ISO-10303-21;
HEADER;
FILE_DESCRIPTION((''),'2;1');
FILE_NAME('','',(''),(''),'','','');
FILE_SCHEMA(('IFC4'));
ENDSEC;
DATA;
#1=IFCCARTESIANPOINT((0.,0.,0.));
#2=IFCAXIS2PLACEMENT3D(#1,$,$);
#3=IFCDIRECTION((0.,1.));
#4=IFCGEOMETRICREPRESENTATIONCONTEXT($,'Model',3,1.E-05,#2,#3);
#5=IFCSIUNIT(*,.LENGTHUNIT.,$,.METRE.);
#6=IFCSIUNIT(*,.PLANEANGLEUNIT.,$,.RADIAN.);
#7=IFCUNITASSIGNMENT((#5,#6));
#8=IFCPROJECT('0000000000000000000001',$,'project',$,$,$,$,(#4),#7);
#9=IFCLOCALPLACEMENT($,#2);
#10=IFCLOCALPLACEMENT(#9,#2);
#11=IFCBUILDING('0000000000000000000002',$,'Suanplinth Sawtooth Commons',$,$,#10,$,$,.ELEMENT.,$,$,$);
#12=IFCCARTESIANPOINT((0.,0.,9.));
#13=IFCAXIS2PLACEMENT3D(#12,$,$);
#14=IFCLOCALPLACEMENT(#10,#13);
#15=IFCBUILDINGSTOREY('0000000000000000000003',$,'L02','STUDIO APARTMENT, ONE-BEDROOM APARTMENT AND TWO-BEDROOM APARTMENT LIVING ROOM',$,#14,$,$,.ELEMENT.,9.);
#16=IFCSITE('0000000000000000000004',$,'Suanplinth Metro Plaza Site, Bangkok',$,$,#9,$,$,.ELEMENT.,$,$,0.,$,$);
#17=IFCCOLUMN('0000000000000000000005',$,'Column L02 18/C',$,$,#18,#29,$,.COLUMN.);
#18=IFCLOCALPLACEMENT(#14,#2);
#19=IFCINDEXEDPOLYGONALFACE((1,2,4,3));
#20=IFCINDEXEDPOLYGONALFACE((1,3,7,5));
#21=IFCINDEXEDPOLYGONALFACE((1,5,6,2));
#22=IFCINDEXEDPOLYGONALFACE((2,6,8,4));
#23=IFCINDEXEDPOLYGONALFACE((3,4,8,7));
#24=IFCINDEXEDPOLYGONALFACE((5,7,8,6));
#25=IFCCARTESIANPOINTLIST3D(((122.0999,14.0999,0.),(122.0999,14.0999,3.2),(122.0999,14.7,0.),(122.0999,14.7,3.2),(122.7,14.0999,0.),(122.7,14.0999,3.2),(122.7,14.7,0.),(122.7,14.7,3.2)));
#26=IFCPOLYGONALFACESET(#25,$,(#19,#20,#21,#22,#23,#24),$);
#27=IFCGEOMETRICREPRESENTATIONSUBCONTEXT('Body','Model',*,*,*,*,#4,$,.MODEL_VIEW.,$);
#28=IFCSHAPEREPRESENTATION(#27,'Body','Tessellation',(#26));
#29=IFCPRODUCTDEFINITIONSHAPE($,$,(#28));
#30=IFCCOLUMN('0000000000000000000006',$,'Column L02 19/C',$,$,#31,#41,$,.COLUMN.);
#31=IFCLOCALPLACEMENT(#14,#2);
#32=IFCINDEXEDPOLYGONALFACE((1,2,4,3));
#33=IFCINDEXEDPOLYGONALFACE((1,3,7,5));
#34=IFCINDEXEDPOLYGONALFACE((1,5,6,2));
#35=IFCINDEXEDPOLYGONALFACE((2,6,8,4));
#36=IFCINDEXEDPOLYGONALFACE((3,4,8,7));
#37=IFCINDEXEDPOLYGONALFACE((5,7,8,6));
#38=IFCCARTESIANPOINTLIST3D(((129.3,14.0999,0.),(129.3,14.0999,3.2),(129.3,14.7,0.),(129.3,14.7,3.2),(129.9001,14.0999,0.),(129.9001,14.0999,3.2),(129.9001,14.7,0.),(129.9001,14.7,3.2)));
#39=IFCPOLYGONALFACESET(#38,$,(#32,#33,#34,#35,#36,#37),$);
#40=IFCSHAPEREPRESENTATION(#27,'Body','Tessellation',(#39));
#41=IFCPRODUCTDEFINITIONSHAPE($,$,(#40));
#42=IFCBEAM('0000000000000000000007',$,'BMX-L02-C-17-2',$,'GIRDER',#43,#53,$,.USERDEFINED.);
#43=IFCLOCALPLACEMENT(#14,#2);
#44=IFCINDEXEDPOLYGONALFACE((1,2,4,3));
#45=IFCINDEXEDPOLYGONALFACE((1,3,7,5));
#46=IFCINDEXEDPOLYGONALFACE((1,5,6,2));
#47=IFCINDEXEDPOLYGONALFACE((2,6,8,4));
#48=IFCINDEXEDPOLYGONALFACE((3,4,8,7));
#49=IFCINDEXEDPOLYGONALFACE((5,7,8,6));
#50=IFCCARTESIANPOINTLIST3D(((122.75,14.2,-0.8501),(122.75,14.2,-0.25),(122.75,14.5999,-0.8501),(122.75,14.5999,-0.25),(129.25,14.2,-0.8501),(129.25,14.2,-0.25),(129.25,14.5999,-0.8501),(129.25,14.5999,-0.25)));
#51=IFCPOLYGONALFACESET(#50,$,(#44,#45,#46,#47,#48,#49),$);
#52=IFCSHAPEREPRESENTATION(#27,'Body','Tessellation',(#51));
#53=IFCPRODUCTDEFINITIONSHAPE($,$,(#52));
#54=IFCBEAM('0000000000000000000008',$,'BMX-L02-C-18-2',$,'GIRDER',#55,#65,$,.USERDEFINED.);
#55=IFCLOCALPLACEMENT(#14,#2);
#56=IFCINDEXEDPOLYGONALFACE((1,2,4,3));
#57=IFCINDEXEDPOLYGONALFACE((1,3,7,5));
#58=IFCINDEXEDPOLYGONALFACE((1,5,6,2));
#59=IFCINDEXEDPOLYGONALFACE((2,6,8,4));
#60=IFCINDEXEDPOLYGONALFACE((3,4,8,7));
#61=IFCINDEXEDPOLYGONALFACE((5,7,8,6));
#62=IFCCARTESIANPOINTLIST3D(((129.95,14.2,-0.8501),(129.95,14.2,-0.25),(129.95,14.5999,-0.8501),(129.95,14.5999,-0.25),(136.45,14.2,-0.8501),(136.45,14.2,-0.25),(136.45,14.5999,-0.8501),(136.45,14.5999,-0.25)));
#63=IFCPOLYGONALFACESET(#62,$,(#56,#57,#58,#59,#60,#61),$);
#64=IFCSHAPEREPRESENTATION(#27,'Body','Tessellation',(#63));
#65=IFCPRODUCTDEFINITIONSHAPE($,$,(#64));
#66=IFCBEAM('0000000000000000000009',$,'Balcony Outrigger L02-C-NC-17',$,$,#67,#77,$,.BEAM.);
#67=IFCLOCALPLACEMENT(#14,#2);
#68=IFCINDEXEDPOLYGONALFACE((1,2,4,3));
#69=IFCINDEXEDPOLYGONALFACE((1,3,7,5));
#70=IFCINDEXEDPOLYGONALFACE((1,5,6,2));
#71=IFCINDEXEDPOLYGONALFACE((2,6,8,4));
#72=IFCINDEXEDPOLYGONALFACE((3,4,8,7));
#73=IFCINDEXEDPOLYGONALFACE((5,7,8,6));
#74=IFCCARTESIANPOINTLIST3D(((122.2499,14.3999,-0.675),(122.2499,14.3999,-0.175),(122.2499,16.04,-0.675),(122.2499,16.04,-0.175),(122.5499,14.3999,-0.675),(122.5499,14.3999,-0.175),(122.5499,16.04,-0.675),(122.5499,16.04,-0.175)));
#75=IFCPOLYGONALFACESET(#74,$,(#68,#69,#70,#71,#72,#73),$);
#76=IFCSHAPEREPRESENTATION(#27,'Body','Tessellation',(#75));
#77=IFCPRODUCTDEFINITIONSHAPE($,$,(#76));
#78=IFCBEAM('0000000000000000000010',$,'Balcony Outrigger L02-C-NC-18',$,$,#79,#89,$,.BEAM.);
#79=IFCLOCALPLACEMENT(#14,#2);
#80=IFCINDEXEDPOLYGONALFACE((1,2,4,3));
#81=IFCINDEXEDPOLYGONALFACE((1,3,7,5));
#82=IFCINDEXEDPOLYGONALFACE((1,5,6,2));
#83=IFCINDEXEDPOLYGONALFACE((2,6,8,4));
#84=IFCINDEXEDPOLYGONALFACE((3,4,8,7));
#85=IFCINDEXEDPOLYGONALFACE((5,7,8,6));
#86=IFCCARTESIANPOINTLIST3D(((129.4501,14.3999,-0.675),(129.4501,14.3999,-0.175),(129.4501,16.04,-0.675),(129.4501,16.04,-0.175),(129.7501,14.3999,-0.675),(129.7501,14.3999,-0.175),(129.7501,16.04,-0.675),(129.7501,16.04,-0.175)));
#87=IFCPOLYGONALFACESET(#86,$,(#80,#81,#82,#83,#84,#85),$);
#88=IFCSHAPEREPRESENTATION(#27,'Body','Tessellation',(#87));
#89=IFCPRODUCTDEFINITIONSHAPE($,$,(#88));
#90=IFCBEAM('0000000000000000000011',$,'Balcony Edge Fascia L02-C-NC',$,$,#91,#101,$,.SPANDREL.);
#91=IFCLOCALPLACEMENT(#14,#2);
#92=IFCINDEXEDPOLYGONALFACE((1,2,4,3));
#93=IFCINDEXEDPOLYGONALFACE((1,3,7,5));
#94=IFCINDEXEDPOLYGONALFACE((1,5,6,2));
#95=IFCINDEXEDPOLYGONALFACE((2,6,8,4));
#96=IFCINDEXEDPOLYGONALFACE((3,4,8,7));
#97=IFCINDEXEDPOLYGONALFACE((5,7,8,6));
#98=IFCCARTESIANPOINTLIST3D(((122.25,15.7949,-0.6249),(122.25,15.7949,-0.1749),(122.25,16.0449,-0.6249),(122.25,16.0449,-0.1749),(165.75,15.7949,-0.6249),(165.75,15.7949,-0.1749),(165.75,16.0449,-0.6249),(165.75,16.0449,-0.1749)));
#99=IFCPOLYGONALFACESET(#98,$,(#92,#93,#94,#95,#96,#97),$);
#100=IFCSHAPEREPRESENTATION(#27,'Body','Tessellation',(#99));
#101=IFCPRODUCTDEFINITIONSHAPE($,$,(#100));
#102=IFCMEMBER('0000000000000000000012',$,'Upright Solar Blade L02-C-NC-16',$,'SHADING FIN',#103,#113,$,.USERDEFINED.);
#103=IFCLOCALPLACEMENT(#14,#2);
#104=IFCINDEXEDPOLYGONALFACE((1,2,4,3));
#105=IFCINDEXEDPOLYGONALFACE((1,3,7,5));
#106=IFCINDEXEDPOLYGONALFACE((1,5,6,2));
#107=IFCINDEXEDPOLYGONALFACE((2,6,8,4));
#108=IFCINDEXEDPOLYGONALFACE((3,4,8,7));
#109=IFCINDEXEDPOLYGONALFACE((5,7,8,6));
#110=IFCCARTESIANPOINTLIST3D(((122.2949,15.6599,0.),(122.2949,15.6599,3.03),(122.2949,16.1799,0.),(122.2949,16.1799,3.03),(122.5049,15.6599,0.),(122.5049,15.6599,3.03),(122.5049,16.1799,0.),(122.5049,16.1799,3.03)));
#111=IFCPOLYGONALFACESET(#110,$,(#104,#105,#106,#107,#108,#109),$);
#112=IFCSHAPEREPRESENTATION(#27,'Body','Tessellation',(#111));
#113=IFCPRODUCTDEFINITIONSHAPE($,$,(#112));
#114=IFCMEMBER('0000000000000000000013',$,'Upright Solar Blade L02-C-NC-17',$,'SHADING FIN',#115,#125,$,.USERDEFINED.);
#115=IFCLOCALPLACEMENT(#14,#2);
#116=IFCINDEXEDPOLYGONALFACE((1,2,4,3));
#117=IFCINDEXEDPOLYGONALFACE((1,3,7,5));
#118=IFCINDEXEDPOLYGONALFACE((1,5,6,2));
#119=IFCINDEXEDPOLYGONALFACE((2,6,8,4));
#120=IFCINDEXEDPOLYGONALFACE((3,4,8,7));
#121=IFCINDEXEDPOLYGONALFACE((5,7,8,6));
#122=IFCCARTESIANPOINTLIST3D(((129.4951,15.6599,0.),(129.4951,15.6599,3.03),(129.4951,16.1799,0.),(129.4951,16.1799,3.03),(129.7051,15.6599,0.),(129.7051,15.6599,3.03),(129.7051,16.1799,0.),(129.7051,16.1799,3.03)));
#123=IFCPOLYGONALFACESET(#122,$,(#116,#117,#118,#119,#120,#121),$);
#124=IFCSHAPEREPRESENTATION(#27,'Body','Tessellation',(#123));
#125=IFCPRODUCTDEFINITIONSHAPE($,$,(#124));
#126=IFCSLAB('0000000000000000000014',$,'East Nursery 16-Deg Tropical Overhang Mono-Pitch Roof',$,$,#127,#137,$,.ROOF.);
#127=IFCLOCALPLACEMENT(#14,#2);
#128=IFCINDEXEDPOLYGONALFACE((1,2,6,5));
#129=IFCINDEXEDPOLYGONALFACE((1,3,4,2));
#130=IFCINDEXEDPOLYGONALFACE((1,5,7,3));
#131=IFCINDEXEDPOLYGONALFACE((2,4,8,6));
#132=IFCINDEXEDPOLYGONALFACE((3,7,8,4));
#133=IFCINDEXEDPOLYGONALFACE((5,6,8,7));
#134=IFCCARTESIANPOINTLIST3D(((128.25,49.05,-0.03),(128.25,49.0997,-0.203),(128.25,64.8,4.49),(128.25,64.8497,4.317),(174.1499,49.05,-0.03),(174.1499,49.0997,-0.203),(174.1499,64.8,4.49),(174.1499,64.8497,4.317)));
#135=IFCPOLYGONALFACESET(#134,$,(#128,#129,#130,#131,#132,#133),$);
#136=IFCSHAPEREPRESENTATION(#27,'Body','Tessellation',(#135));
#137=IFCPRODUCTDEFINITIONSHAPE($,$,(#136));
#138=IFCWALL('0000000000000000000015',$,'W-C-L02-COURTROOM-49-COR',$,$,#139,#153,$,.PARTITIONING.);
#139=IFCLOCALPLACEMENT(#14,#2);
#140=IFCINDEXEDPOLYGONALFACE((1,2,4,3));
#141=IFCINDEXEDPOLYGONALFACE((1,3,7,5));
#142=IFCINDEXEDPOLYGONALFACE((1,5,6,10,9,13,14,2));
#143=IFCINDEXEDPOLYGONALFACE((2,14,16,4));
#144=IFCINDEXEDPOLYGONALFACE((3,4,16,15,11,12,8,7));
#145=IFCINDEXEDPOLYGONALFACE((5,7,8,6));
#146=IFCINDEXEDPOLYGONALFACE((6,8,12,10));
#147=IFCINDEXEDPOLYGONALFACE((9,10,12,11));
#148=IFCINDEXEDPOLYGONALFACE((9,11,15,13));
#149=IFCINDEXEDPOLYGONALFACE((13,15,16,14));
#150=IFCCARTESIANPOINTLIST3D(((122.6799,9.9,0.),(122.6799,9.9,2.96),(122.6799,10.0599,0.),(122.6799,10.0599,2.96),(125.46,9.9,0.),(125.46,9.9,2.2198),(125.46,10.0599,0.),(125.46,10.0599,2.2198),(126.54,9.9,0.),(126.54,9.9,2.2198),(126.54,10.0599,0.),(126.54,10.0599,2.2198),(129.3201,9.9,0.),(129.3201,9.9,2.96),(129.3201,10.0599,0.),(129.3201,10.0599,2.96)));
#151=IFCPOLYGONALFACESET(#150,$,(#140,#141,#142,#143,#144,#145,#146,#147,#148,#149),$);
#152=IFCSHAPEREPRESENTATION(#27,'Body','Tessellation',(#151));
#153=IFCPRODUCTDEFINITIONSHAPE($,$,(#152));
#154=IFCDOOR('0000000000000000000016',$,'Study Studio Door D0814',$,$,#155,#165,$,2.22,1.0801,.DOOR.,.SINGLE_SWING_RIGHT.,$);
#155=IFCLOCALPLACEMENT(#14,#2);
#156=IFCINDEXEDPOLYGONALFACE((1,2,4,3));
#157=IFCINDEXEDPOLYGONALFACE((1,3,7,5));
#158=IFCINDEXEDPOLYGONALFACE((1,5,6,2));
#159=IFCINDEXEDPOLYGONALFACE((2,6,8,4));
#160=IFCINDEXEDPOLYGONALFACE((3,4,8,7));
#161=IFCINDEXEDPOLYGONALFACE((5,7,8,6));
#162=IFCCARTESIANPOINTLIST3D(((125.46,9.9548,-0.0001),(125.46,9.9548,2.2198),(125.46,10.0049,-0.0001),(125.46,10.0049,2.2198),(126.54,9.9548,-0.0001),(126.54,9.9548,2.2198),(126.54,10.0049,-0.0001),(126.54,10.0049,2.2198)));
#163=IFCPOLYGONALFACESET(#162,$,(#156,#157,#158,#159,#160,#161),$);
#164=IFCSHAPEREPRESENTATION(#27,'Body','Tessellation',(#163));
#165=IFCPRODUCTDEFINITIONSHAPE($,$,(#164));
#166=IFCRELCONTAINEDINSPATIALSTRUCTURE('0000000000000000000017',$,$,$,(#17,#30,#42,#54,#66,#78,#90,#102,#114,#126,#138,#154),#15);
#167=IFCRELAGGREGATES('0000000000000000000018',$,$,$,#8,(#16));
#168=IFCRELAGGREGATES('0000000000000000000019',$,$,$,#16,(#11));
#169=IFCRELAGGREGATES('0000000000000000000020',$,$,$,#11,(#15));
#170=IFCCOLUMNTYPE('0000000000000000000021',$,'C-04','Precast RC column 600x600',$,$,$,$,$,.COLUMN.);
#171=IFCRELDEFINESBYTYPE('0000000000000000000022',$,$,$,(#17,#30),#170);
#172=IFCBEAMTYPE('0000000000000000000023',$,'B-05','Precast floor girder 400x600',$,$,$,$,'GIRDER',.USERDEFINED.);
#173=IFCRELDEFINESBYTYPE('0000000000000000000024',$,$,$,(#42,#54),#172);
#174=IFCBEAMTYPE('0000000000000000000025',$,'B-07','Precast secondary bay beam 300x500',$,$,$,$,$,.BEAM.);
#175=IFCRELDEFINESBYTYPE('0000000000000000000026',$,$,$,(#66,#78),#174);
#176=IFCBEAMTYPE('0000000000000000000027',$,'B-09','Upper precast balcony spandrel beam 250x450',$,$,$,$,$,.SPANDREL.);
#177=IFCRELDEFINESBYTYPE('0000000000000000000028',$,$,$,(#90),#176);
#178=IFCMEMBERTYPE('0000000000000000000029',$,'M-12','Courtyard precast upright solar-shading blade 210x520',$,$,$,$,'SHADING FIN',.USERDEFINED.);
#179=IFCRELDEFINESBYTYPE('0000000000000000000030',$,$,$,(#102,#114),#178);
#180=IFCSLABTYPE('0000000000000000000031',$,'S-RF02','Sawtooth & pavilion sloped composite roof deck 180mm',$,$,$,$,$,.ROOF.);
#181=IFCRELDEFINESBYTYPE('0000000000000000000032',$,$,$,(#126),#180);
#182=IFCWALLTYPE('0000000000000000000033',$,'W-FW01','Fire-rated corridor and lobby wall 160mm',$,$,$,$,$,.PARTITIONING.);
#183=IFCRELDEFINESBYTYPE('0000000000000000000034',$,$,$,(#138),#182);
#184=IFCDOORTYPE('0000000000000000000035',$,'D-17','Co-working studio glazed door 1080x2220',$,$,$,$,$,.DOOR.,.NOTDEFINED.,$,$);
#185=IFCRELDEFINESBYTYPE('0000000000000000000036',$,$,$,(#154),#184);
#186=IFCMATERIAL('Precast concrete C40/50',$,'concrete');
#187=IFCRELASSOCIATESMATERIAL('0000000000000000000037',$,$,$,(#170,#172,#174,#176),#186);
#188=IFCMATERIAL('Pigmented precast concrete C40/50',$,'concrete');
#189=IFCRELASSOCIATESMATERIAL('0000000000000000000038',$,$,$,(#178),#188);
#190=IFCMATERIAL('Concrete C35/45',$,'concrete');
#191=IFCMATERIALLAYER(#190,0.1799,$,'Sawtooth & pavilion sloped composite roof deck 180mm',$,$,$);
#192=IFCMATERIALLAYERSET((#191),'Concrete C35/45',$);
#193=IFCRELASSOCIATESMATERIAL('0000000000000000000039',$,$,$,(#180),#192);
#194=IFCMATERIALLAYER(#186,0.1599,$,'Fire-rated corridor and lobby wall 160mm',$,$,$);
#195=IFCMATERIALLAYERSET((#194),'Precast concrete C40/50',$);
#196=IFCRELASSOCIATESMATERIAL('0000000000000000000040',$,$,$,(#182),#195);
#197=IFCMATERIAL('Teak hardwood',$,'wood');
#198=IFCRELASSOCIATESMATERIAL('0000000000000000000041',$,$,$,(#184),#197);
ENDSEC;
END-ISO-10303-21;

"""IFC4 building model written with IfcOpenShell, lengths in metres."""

from ifc_helpers import new_model, si_unit, direction, frame, frame_2d, origin, origin_2d, place, context, subcontext, project, spatial, polyline, rectangle, outline, extrude, material, layer, layer_set, material_profile, profile_set, type_object, element, fill, save


model = new_model("IFC4")

# Units and contexts
model_context = context("Model", 3, precision=1e-05, world=origin(), true_north=direction((0.0, 1.0)))
body_context = subcontext(model_context, "Body", "Model", "MODEL_VIEW")
ifc_project = project(units=[si_unit("LENGTHUNIT", "METRE"), si_unit("PLANEANGLEUNIT", "RADIAN")], contexts=[model_context])

# Site, building, storey
site_placement = place(None, origin())
site = spatial("IfcSite", under=ifc_project, at=site_placement, Name="Suanplinth Metro Plaza Site, Bangkok", CompositionType="ELEMENT", RefElevation=0.0)
building_placement = place(site_placement, origin())
building = spatial("IfcBuilding", under=site, at=building_placement, Name="Suanplinth Sawtooth Commons", CompositionType="ELEMENT")
storey_placement = place(building_placement, frame((0.0, 0.0, 9.0)))
storey = spatial("IfcBuildingStorey", under=building, at=storey_placement, Name="L02", Description="STUDIO APARTMENT, ONE-BEDROOM APARTMENT AND TWO-BEDROOM APARTMENT LIVING ROOM", CompositionType="ELEMENT", Elevation=9.0)

# Columns
ifc_material_1 = material(Name="Precast concrete C40/50", Category="concrete")
ifc_material_profile_1 = material_profile(ifc_material_1, rectangle(XDim=0.6001, YDim=0.6001, at=origin_2d()), Name="PC-COL 600x600")
ifc_profile_set_1 = profile_set([ifc_material_profile_1], Name="Precast concrete C40/50")
column_type = type_object("IfcColumnType", Name="C-04", Description="Precast RC column 600x600", PredefinedType="COLUMN", material=ifc_profile_set_1)
for number, where, z_axis, x_axis, name in (
    (1, (122.3999, 14.3999, 0.0), (0.0, 0.0, 1.0), (1.0, 0.0, 0.0), "Column L02 18/C"),
    (2, (129.6001, 14.3999, 0.0), (0.0, 0.0, 1.0), (1.0, 0.0, 0.0), "Column L02 19/C"),
):
    element("IfcColumn", number, at=place(storey_placement, frame(where, z_axis=z_axis, x_axis=x_axis)), inside=storey, type_object=column_type, Name=name, PredefinedType="COLUMN", context=body_context, shape_type="SweptSolid", body=[
        extrude(rectangle(XDim=0.6001, YDim=0.6001, at=origin_2d()), origin(), (0.0, 0.0, 1.0), 3.2),
    ])

# Beams
ifc_material_profile_2 = material_profile(ifc_material_1, rectangle(XDim=0.3999, YDim=0.6001, at=origin_2d()), Name="PC-GDR 400x600")
ifc_profile_set_2 = profile_set([ifc_material_profile_2], Name="Precast concrete C40/50")
beam_type_1 = type_object("IfcBeamType", Name="B-05", Description="Precast floor girder 400x600", ElementType="GIRDER", PredefinedType="USERDEFINED", material=ifc_profile_set_2)
for number, where, z_axis, x_axis, name in (
    (3, (122.75, 14.3999, -0.55), (1.0, 0.0, 0.0), (0.0, 1.0, 0.0), "BMX-L02-C-17-2"),
    (4, (129.95, 14.3999, -0.55), (1.0, 0.0, 0.0), (0.0, 1.0, 0.0), "BMX-L02-C-18-2"),
):
    element("IfcBeam", number, at=place(storey_placement, frame(where, z_axis=z_axis, x_axis=x_axis)), inside=storey, type_object=beam_type_1, Name=name, ObjectType="GIRDER", PredefinedType="USERDEFINED", context=body_context, shape_type="SweptSolid", body=[
        extrude(rectangle(XDim=0.3999, YDim=0.6001, at=origin_2d()), origin(), (0.0, 0.0, 1.0), 6.5),
    ])
ifc_material_profile_3 = material_profile(ifc_material_1, rectangle(XDim=0.3, YDim=0.5, at=origin_2d()), Name="PC-BM 300x500")
ifc_profile_set_3 = profile_set([ifc_material_profile_3], Name="Precast concrete C40/50")
beam_type_2 = type_object("IfcBeamType", Name="B-07", Description="Precast secondary bay beam 300x500", PredefinedType="BEAM", material=ifc_profile_set_3)
for number, where, z_axis, x_axis, name in (
    (5, (122.3999, 14.3999, -0.425), (0.0, 1.0, 0.0), (-1.0, 0.0, 0.0), "Balcony Outrigger L02-C-NC-17"),
    (6, (129.6001, 14.3999, -0.425), (0.0, 1.0, 0.0), (-1.0, 0.0, 0.0), "Balcony Outrigger L02-C-NC-18"),
):
    element("IfcBeam", number, at=place(storey_placement, frame(where, z_axis=z_axis, x_axis=x_axis)), inside=storey, type_object=beam_type_2, Name=name, PredefinedType="BEAM", context=body_context, shape_type="SweptSolid", body=[
        extrude(rectangle(XDim=0.3, YDim=0.5, at=origin_2d()), origin(), (0.0, 0.0, 1.0), 1.6401),
    ])
ifc_material_profile_4 = material_profile(ifc_material_1, rectangle(XDim=0.25, YDim=0.45, at=origin_2d()), Name="PC-SP 250x450")
ifc_profile_set_4 = profile_set([ifc_material_profile_4], Name="Precast concrete C40/50")
beam_type_3 = type_object("IfcBeamType", Name="B-09", Description="Upper precast balcony spandrel beam 250x450", PredefinedType="SPANDREL", material=ifc_profile_set_4)
beam_placement = place(storey_placement, frame((122.25, 15.9199, -0.3999), z_axis=(1.0, 0.0, 0.0), x_axis=(0.0, 1.0, 0.0)))
element("IfcBeam", 7, at=beam_placement, inside=storey, type_object=beam_type_3, Name="Balcony Edge Fascia L02-C-NC", PredefinedType="SPANDREL", context=body_context, shape_type="SweptSolid", body=[
    extrude(rectangle(XDim=0.25, YDim=0.45, at=origin_2d()), origin(), (0.0, 0.0, 1.0), 43.5),
])

# Members
ifc_material_2 = material(Name="Pigmented precast concrete C40/50", Category="concrete")
ifc_material_profile_5 = material_profile(ifc_material_2, rectangle(XDim=0.21, YDim=0.52, at=origin_2d()), Name="PC-FIN 210x520")
ifc_profile_set_5 = profile_set([ifc_material_profile_5], Name="Pigmented precast concrete C40/50")
member_type = type_object("IfcMemberType", Name="M-12", Description="Courtyard precast upright solar-shading blade 210x520", ElementType="SHADING FIN", PredefinedType="USERDEFINED", material=ifc_profile_set_5)
for number, where, z_axis, x_axis, name in (
    (8, (122.3999, 15.9199, 0.0), (0.0, 0.0, 1.0), (1.0, 0.0, 0.0), "Upright Solar Blade L02-C-NC-16"),
    (9, (129.6001, 15.9199, 0.0), (0.0, 0.0, 1.0), (1.0, 0.0, 0.0), "Upright Solar Blade L02-C-NC-17"),
):
    element("IfcMember", number, at=place(storey_placement, frame(where, z_axis=z_axis, x_axis=x_axis)), inside=storey, type_object=member_type, Name=name, ObjectType="SHADING FIN", PredefinedType="USERDEFINED", context=body_context, shape_type="SweptSolid", body=[
        extrude(rectangle(XDim=0.21, YDim=0.52, at=origin_2d()), origin(), (0.0, 0.0, 1.0), 3.03),
    ])

# Slab
ifc_material_3 = material(Name="Concrete C35/45", Category="concrete")
ifc_layer_1 = layer(ifc_material_3, 0.1799, Name="Sawtooth & pavilion sloped composite roof deck 180mm")
ifc_layer_set_1 = layer_set([ifc_layer_1], Name="Concrete C35/45")
slab_type = type_object("IfcSlabType", Name="S-RF02", Description="Sawtooth & pavilion sloped composite roof deck 180mm", PredefinedType="ROOF", material=ifc_layer_set_1)
slab_placement = place(storey_placement, frame((128.25, 49.05, -0.03), z_axis=(0.0, -0.27585, 0.961201), x_axis=(1.0, 0.0, 0.0)))
element("IfcSlab", 10, at=slab_placement, inside=storey, type_object=slab_type, Name="East Nursery 16-Deg Tropical Overhang Mono-Pitch Roof", PredefinedType="ROOF", context=body_context, shape_type="SweptSolid", body=[
    extrude(outline(polyline([(0.0, 0.0), (45.8999, 0.0), (45.8999, 16.3858), (0.0, 16.3858), (0.0, 0.0)])), origin(), (0.0, 0.0, -1.0), 0.1799),
])

# Wall, opening, door
ifc_layer_2 = layer(ifc_material_1, 0.1599, Name="Fire-rated corridor and lobby wall 160mm")
ifc_layer_set_2 = layer_set([ifc_layer_2], Name="Precast concrete C40/50")
wall_type_1 = type_object("IfcWallType", Name="W-FW01", Description="Fire-rated corridor and lobby wall 160mm", PredefinedType="PARTITIONING", material=ifc_layer_set_2)
wall_1_placement = place(storey_placement, frame((122.6799, 9.98, 0.0), z_axis=(0.0, 0.0, 1.0), x_axis=(1.0, 0.0, 0.0)))
wall_1 = element("IfcWall", 11, at=wall_1_placement, inside=storey, type_object=wall_type_1, Name="W-C-L02-COURTROOM-49-COR", PredefinedType="PARTITIONING", context=body_context, shape_type="SweptSolid", body=[
    extrude(rectangle(XDim=6.6401, YDim=0.1599, at=frame_2d((3.3201, 0.0))), origin(), (0.0, 0.0, 1.0), 2.96),
])
opening_1_placement = place(wall_1_placement, frame((2.78, 0.0, 0.0)))
opening_1 = element("IfcOpeningElement", 12, at=opening_1_placement, cuts=wall_1, PredefinedType="OPENING", context=body_context, shape_type="SweptSolid", body=[
    extrude(rectangle(XDim=1.0801, YDim=2.22, at=frame_2d((0.54, 1.1099))), frame((0.0, 0.0947, 0.0), z_axis=(0.0, -1.0, 0.0), x_axis=(1.0, 0.0, 0.0)), (0.0, 0.0, 1.0), 0.1897),
])
ifc_material_4 = material(Name="Teak hardwood", Category="wood")
door_type_1 = type_object("IfcDoorType", Name="D-17", Description="Co-working studio glazed door 1080x2220", OperationType="NOTDEFINED", PredefinedType="DOOR", material=ifc_material_4)
door_1_placement = place(opening_1_placement, origin())
door_1 = element("IfcDoor", 13, at=door_1_placement, inside=storey, type_object=door_type_1, Name="Study Studio Door D0814", OperationType="SINGLE_SWING_RIGHT", OverallHeight=2.22, OverallWidth=1.0801, PredefinedType="DOOR", context=body_context, shape_type="SweptSolid", body=[
    extrude(rectangle(XDim=1.0801, YDim=2.22, at=frame_2d((0.54, 1.1099))), frame((0.0, 0.0249, 0.0), z_axis=(0.0, -1.0, 0.0), x_axis=(1.0, 0.0, 0.0)), (0.0, 0.0, 1.0), 0.05),
])
fill(opening_1, door_1)

save(model, "model.ifc")
